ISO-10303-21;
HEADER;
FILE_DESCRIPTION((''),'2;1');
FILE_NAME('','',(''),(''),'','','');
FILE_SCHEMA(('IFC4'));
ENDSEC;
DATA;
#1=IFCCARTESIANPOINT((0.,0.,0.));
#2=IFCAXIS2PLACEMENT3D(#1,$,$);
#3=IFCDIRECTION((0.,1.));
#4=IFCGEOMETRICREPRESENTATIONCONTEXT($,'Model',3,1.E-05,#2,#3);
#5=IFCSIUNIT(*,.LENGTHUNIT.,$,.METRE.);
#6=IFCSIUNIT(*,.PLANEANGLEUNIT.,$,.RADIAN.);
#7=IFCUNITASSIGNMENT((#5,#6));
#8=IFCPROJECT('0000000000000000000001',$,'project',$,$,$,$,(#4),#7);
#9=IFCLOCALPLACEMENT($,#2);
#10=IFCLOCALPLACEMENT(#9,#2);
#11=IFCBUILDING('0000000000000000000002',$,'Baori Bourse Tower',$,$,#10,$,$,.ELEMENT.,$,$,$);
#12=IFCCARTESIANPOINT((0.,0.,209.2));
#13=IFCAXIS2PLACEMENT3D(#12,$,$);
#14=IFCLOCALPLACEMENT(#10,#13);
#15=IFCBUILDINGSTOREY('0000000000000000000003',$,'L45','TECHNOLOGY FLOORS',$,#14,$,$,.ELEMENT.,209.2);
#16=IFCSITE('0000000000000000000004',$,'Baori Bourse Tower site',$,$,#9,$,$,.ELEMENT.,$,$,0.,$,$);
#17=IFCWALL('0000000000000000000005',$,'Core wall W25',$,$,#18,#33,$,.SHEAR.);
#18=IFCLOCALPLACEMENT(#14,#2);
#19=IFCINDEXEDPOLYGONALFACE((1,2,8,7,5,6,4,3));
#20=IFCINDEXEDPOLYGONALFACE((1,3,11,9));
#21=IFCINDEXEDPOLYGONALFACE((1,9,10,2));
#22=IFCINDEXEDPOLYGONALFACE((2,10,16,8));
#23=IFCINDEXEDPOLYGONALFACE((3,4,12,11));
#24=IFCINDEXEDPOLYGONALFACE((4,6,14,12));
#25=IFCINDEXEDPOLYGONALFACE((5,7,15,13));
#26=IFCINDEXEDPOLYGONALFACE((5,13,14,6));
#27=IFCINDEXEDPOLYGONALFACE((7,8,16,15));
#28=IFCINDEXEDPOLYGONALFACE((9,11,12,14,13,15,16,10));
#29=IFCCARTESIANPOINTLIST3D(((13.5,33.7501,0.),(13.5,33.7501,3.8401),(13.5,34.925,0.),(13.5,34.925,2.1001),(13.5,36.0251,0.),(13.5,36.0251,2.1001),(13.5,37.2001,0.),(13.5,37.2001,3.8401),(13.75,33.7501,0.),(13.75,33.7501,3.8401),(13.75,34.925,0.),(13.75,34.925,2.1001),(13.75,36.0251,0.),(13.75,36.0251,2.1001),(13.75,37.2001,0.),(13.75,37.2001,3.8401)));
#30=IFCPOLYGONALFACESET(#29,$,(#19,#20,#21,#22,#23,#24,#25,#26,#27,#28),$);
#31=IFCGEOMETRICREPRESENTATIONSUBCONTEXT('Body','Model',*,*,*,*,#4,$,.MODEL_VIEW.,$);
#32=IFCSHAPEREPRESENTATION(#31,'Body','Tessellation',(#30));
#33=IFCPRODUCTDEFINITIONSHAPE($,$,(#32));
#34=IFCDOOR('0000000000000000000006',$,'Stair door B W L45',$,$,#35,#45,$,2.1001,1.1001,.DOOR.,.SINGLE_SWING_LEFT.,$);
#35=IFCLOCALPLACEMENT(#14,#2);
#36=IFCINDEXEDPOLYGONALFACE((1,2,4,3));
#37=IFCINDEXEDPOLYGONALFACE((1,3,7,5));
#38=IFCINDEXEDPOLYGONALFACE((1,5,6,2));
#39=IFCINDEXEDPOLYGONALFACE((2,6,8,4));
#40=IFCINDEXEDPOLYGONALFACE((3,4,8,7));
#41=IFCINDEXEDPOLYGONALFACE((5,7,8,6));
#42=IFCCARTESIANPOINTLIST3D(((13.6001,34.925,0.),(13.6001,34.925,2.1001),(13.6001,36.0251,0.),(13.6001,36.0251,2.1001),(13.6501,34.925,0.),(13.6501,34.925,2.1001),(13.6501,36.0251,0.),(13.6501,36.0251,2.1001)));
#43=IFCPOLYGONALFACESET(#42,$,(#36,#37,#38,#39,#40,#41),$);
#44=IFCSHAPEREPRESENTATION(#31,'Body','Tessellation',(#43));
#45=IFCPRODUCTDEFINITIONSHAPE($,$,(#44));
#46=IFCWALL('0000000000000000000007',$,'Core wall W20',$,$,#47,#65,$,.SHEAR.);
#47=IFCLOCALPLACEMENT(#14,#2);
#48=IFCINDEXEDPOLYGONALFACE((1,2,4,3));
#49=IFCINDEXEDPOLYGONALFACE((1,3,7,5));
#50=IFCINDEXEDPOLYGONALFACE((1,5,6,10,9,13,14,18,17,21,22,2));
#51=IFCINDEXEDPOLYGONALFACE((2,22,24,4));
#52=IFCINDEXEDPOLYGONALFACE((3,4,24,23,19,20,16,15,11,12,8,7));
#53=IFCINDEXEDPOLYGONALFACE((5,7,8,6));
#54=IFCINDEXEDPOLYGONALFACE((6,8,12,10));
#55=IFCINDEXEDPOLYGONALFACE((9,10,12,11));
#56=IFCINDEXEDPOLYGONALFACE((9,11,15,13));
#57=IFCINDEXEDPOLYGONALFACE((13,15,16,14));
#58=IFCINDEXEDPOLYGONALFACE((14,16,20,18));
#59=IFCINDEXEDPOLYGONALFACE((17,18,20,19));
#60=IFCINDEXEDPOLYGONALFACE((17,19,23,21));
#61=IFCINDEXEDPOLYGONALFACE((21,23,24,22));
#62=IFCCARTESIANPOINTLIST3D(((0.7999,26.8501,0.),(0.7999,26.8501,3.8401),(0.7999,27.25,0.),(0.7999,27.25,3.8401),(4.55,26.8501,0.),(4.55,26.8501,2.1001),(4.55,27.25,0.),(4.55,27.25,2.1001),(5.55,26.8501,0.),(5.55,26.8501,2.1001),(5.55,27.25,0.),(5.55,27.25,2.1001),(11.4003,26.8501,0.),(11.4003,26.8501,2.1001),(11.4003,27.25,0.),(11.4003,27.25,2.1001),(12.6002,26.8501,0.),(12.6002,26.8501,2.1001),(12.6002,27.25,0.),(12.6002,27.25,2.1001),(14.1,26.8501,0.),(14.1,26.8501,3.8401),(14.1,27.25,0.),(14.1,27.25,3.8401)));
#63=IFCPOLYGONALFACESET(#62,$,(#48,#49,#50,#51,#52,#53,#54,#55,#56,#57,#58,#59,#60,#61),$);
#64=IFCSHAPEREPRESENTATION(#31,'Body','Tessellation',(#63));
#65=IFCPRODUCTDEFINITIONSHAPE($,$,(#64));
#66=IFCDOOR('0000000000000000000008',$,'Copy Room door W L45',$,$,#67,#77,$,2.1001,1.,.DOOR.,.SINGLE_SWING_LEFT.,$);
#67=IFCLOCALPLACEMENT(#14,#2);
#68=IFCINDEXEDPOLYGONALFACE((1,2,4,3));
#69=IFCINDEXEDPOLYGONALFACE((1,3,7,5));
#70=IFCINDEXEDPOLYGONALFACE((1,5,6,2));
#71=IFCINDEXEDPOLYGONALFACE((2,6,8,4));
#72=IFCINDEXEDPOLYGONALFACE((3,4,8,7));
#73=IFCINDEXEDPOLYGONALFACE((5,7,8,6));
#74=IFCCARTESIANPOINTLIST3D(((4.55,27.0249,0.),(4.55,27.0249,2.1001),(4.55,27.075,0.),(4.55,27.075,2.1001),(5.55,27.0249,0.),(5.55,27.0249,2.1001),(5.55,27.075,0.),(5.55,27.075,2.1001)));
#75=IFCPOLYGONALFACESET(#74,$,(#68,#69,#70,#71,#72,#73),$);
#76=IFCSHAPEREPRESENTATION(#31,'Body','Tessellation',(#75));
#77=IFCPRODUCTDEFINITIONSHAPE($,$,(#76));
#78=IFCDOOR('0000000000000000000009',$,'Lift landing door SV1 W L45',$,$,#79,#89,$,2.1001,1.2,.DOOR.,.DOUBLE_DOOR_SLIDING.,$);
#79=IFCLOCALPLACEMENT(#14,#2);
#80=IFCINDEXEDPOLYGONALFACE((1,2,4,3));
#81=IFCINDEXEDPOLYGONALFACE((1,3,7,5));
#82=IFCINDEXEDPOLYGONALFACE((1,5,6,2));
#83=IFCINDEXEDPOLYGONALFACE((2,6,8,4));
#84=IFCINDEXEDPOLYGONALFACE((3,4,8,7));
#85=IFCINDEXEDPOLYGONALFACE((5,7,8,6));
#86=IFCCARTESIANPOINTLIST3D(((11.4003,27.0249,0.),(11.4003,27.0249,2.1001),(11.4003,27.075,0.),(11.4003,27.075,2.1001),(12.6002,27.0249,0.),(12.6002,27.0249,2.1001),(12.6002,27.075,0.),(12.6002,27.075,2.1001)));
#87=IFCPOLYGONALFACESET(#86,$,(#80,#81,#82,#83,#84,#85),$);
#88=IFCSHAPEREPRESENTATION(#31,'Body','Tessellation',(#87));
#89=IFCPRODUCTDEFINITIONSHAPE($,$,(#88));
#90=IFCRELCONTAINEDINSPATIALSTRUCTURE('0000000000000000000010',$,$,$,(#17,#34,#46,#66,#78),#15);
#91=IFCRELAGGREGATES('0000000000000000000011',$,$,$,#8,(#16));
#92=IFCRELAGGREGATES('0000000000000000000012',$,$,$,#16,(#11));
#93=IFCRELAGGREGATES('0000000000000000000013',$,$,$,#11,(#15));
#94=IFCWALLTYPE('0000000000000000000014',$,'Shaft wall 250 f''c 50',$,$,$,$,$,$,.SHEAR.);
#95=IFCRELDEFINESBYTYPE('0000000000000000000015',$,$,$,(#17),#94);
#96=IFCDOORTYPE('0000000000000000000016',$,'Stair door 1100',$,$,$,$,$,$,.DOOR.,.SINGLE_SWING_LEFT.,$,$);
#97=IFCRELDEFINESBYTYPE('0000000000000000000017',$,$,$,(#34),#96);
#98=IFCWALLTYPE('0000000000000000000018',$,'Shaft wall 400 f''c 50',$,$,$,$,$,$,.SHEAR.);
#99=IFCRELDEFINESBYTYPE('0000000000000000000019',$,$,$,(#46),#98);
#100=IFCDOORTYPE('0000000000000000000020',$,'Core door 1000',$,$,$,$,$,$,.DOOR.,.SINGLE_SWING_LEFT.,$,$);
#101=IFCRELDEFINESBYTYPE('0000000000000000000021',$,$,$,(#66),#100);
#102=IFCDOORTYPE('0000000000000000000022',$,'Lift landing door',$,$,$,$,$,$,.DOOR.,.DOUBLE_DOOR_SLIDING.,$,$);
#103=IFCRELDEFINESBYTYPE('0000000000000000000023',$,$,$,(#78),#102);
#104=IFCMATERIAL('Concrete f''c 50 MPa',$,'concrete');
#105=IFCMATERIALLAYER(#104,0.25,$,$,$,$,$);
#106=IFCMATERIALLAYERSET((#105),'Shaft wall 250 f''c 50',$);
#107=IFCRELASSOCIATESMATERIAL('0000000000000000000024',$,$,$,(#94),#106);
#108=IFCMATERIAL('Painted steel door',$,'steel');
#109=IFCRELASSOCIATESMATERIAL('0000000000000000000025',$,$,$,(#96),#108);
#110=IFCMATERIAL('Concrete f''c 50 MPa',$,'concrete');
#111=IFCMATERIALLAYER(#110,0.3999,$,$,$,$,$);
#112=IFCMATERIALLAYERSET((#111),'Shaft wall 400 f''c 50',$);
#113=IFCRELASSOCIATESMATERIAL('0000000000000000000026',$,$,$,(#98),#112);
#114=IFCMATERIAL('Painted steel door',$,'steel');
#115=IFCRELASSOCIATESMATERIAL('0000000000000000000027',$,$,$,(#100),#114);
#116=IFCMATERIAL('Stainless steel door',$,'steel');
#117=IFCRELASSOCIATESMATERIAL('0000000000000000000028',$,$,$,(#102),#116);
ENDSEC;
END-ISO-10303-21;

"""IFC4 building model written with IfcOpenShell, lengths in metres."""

from ifc_helpers import new_model, si_unit, direction, frame, frame_2d, origin, place, context, subcontext, project, spatial, rectangle, extrude, material, layer, layer_set, type_object, element, fill, save


model = new_model("IFC4")

# Units and contexts
model_context = context("Model", 3, precision=1e-05, world=origin(), true_north=direction((0.0, 1.0)))
body_context = subcontext(model_context, "Body", "Model", "MODEL_VIEW")
ifc_project = project(units=[si_unit("LENGTHUNIT", "METRE"), si_unit("PLANEANGLEUNIT", "RADIAN")], contexts=[model_context])

# Site, building, storey
site_placement = place(None, origin())
site = spatial("IfcSite", under=ifc_project, at=site_placement, Name="Baori Bourse Tower site", CompositionType="ELEMENT", RefElevation=0.0)
building_placement = place(site_placement, origin())
building = spatial("IfcBuilding", under=site, at=building_placement, Name="Baori Bourse Tower", CompositionType="ELEMENT")
storey_placement = place(building_placement, frame((0.0, 0.0, 209.2)))
storey = spatial("IfcBuildingStorey", under=building, at=storey_placement, Name="L45", Description="TECHNOLOGY FLOORS", CompositionType="ELEMENT", Elevation=209.2)

# Wall, opening, door
ifc_material_1 = material(Name="Concrete f'c 50 MPa", Category="concrete")
ifc_layer_1 = layer(ifc_material_1, 0.25)
ifc_layer_set_1 = layer_set([ifc_layer_1], Name="Shaft wall 250 f'c 50")
wall_type_1 = type_object("IfcWallType", Name="Shaft wall 250 f'c 50", PredefinedType="SHEAR", material=ifc_layer_set_1)
wall_1_placement = place(storey_placement, frame((13.625, 33.75, 0.0), z_axis=(0.0, 0.0, 1.0), x_axis=(0.0, 1.0, 0.0)))
wall_1 = element("IfcWall", 1, at=wall_1_placement, inside=storey, type_object=wall_type_1, Name="Core wall W25", PredefinedType="SHEAR", context=body_context, shape_type="SweptSolid", body=[
    extrude(rectangle(XDim=3.45, YDim=0.25, at=frame_2d((1.7251, 0.0))), origin(), (0.0, 0.0, 1.0), 3.8401),
])
opening_1_placement = place(wall_1_placement, frame((1.175, 0.0, 0.0)))
opening_1 = element("IfcOpeningElement", 2, at=opening_1_placement, cuts=wall_1, PredefinedType="OPENING", context=body_context, shape_type="SweptSolid", body=[
    extrude(rectangle(XDim=1.1001, YDim=2.1001, at=frame_2d((0.55, 1.05))), frame((0.0, 0.135, 0.0), z_axis=(0.0, -1.0, 0.0), x_axis=(1.0, 0.0, 0.0)), (0.0, 0.0, 1.0), 0.27),
])
ifc_material_2 = material(Name="Painted steel door", Category="steel")
door_type_1 = type_object("IfcDoorType", Name="Stair door 1100", OperationType="SINGLE_SWING_LEFT", PredefinedType="DOOR", material=ifc_material_2)
door_1_placement = place(opening_1_placement, origin())
door_1 = element("IfcDoor", 3, at=door_1_placement, inside=storey, type_object=door_type_1, Name="Stair door B W L45", OperationType="SINGLE_SWING_LEFT", OverallHeight=2.1001, OverallWidth=1.1001, PredefinedType="DOOR", context=body_context, shape_type="SweptSolid", body=[
    extrude(rectangle(XDim=1.1001, YDim=2.1001, at=frame_2d((0.55, 1.05))), frame((0.0, 0.0249, 0.0), z_axis=(0.0, -1.0, 0.0), x_axis=(1.0, 0.0, 0.0)), (0.0, 0.0, 1.0), 0.05),
])
fill(opening_1, door_1)

# Wall, openings, doors
ifc_material_3 = material(Name="Concrete f'c 50 MPa", Category="concrete")
ifc_layer_2 = layer(ifc_material_3, 0.3999)
ifc_layer_set_2 = layer_set([ifc_layer_2], Name="Shaft wall 400 f'c 50")
wall_type_2 = type_object("IfcWallType", Name="Shaft wall 400 f'c 50", PredefinedType="SHEAR", material=ifc_layer_set_2)
wall_2_placement = place(storey_placement, frame((0.8, 27.05, 0.0), z_axis=(0.0, 0.0, 1.0), x_axis=(1.0, 0.0, 0.0)))
wall_2 = element("IfcWall", 4, at=wall_2_placement, inside=storey, type_object=wall_type_2, Name="Core wall W20", PredefinedType="SHEAR", context=body_context, shape_type="SweptSolid", body=[
    extrude(rectangle(XDim=13.3, YDim=0.3999, at=frame_2d((6.6499, 0.0))), origin(), (0.0, 0.0, 1.0), 3.8401),
])
opening_2_placement = place(wall_2_placement, frame((3.75, 0.0, 0.0)))
opening_2 = element("IfcOpeningElement", 5, at=opening_2_placement, cuts=wall_2, PredefinedType="OPENING", context=body_context, shape_type="SweptSolid", body=[
    extrude(rectangle(XDim=1.0, YDim=2.1001, at=frame_2d((0.5, 1.05))), frame((0.0, 0.21, 0.0), z_axis=(0.0, -1.0, 0.0), x_axis=(1.0, 0.0, 0.0)), (0.0, 0.0, 1.0), 0.4199),
])
opening_3_placement = place(wall_2_placement, frame((10.6001, 0.0, 0.0)))
opening_3 = element("IfcOpeningElement", 6, at=opening_3_placement, cuts=wall_2, PredefinedType="OPENING", context=body_context, shape_type="SweptSolid", body=[
    extrude(rectangle(XDim=1.2, YDim=2.1001, at=frame_2d((0.6001, 1.05))), frame((0.0, 0.21, 0.0), z_axis=(0.0, -1.0, 0.0), x_axis=(1.0, 0.0, 0.0)), (0.0, 0.0, 1.0), 0.4199),
])
ifc_material_4 = material(Name="Painted steel door", Category="steel")
door_type_2 = type_object("IfcDoorType", Name="Core door 1000", OperationType="SINGLE_SWING_LEFT", PredefinedType="DOOR", material=ifc_material_4)
door_2_placement = place(opening_2_placement, origin())
door_2 = element("IfcDoor", 7, at=door_2_placement, inside=storey, type_object=door_type_2, Name="Copy Room door W L45", OperationType="SINGLE_SWING_LEFT", OverallHeight=2.1001, OverallWidth=1.0, PredefinedType="DOOR", context=body_context, shape_type="SweptSolid", body=[
    extrude(rectangle(XDim=1.0, YDim=2.1001, at=frame_2d((0.5, 1.05))), frame((0.0, 0.0249, 0.0), z_axis=(0.0, -1.0, 0.0), x_axis=(1.0, 0.0, 0.0)), (0.0, 0.0, 1.0), 0.05),
])
fill(opening_2, door_2)
ifc_material_5 = material(Name="Stainless steel door", Category="steel")
door_type_3 = type_object("IfcDoorType", Name="Lift landing door", OperationType="DOUBLE_DOOR_SLIDING", PredefinedType="DOOR", material=ifc_material_5)
door_3_placement = place(opening_3_placement, origin())
door_3 = element("IfcDoor", 8, at=door_3_placement, inside=storey, type_object=door_type_3, Name="Lift landing door SV1 W L45", OperationType="DOUBLE_DOOR_SLIDING", OverallHeight=2.1001, OverallWidth=1.2, PredefinedType="DOOR", context=body_context, shape_type="SweptSolid", body=[
    extrude(rectangle(XDim=1.2, YDim=2.1001, at=frame_2d((0.6001, 1.05))), frame((0.0, 0.0249, 0.0), z_axis=(0.0, -1.0, 0.0), x_axis=(1.0, 0.0, 0.0)), (0.0, 0.0, 1.0), 0.05),
])
fill(opening_3, door_3)

save(model, "model.ifc")
